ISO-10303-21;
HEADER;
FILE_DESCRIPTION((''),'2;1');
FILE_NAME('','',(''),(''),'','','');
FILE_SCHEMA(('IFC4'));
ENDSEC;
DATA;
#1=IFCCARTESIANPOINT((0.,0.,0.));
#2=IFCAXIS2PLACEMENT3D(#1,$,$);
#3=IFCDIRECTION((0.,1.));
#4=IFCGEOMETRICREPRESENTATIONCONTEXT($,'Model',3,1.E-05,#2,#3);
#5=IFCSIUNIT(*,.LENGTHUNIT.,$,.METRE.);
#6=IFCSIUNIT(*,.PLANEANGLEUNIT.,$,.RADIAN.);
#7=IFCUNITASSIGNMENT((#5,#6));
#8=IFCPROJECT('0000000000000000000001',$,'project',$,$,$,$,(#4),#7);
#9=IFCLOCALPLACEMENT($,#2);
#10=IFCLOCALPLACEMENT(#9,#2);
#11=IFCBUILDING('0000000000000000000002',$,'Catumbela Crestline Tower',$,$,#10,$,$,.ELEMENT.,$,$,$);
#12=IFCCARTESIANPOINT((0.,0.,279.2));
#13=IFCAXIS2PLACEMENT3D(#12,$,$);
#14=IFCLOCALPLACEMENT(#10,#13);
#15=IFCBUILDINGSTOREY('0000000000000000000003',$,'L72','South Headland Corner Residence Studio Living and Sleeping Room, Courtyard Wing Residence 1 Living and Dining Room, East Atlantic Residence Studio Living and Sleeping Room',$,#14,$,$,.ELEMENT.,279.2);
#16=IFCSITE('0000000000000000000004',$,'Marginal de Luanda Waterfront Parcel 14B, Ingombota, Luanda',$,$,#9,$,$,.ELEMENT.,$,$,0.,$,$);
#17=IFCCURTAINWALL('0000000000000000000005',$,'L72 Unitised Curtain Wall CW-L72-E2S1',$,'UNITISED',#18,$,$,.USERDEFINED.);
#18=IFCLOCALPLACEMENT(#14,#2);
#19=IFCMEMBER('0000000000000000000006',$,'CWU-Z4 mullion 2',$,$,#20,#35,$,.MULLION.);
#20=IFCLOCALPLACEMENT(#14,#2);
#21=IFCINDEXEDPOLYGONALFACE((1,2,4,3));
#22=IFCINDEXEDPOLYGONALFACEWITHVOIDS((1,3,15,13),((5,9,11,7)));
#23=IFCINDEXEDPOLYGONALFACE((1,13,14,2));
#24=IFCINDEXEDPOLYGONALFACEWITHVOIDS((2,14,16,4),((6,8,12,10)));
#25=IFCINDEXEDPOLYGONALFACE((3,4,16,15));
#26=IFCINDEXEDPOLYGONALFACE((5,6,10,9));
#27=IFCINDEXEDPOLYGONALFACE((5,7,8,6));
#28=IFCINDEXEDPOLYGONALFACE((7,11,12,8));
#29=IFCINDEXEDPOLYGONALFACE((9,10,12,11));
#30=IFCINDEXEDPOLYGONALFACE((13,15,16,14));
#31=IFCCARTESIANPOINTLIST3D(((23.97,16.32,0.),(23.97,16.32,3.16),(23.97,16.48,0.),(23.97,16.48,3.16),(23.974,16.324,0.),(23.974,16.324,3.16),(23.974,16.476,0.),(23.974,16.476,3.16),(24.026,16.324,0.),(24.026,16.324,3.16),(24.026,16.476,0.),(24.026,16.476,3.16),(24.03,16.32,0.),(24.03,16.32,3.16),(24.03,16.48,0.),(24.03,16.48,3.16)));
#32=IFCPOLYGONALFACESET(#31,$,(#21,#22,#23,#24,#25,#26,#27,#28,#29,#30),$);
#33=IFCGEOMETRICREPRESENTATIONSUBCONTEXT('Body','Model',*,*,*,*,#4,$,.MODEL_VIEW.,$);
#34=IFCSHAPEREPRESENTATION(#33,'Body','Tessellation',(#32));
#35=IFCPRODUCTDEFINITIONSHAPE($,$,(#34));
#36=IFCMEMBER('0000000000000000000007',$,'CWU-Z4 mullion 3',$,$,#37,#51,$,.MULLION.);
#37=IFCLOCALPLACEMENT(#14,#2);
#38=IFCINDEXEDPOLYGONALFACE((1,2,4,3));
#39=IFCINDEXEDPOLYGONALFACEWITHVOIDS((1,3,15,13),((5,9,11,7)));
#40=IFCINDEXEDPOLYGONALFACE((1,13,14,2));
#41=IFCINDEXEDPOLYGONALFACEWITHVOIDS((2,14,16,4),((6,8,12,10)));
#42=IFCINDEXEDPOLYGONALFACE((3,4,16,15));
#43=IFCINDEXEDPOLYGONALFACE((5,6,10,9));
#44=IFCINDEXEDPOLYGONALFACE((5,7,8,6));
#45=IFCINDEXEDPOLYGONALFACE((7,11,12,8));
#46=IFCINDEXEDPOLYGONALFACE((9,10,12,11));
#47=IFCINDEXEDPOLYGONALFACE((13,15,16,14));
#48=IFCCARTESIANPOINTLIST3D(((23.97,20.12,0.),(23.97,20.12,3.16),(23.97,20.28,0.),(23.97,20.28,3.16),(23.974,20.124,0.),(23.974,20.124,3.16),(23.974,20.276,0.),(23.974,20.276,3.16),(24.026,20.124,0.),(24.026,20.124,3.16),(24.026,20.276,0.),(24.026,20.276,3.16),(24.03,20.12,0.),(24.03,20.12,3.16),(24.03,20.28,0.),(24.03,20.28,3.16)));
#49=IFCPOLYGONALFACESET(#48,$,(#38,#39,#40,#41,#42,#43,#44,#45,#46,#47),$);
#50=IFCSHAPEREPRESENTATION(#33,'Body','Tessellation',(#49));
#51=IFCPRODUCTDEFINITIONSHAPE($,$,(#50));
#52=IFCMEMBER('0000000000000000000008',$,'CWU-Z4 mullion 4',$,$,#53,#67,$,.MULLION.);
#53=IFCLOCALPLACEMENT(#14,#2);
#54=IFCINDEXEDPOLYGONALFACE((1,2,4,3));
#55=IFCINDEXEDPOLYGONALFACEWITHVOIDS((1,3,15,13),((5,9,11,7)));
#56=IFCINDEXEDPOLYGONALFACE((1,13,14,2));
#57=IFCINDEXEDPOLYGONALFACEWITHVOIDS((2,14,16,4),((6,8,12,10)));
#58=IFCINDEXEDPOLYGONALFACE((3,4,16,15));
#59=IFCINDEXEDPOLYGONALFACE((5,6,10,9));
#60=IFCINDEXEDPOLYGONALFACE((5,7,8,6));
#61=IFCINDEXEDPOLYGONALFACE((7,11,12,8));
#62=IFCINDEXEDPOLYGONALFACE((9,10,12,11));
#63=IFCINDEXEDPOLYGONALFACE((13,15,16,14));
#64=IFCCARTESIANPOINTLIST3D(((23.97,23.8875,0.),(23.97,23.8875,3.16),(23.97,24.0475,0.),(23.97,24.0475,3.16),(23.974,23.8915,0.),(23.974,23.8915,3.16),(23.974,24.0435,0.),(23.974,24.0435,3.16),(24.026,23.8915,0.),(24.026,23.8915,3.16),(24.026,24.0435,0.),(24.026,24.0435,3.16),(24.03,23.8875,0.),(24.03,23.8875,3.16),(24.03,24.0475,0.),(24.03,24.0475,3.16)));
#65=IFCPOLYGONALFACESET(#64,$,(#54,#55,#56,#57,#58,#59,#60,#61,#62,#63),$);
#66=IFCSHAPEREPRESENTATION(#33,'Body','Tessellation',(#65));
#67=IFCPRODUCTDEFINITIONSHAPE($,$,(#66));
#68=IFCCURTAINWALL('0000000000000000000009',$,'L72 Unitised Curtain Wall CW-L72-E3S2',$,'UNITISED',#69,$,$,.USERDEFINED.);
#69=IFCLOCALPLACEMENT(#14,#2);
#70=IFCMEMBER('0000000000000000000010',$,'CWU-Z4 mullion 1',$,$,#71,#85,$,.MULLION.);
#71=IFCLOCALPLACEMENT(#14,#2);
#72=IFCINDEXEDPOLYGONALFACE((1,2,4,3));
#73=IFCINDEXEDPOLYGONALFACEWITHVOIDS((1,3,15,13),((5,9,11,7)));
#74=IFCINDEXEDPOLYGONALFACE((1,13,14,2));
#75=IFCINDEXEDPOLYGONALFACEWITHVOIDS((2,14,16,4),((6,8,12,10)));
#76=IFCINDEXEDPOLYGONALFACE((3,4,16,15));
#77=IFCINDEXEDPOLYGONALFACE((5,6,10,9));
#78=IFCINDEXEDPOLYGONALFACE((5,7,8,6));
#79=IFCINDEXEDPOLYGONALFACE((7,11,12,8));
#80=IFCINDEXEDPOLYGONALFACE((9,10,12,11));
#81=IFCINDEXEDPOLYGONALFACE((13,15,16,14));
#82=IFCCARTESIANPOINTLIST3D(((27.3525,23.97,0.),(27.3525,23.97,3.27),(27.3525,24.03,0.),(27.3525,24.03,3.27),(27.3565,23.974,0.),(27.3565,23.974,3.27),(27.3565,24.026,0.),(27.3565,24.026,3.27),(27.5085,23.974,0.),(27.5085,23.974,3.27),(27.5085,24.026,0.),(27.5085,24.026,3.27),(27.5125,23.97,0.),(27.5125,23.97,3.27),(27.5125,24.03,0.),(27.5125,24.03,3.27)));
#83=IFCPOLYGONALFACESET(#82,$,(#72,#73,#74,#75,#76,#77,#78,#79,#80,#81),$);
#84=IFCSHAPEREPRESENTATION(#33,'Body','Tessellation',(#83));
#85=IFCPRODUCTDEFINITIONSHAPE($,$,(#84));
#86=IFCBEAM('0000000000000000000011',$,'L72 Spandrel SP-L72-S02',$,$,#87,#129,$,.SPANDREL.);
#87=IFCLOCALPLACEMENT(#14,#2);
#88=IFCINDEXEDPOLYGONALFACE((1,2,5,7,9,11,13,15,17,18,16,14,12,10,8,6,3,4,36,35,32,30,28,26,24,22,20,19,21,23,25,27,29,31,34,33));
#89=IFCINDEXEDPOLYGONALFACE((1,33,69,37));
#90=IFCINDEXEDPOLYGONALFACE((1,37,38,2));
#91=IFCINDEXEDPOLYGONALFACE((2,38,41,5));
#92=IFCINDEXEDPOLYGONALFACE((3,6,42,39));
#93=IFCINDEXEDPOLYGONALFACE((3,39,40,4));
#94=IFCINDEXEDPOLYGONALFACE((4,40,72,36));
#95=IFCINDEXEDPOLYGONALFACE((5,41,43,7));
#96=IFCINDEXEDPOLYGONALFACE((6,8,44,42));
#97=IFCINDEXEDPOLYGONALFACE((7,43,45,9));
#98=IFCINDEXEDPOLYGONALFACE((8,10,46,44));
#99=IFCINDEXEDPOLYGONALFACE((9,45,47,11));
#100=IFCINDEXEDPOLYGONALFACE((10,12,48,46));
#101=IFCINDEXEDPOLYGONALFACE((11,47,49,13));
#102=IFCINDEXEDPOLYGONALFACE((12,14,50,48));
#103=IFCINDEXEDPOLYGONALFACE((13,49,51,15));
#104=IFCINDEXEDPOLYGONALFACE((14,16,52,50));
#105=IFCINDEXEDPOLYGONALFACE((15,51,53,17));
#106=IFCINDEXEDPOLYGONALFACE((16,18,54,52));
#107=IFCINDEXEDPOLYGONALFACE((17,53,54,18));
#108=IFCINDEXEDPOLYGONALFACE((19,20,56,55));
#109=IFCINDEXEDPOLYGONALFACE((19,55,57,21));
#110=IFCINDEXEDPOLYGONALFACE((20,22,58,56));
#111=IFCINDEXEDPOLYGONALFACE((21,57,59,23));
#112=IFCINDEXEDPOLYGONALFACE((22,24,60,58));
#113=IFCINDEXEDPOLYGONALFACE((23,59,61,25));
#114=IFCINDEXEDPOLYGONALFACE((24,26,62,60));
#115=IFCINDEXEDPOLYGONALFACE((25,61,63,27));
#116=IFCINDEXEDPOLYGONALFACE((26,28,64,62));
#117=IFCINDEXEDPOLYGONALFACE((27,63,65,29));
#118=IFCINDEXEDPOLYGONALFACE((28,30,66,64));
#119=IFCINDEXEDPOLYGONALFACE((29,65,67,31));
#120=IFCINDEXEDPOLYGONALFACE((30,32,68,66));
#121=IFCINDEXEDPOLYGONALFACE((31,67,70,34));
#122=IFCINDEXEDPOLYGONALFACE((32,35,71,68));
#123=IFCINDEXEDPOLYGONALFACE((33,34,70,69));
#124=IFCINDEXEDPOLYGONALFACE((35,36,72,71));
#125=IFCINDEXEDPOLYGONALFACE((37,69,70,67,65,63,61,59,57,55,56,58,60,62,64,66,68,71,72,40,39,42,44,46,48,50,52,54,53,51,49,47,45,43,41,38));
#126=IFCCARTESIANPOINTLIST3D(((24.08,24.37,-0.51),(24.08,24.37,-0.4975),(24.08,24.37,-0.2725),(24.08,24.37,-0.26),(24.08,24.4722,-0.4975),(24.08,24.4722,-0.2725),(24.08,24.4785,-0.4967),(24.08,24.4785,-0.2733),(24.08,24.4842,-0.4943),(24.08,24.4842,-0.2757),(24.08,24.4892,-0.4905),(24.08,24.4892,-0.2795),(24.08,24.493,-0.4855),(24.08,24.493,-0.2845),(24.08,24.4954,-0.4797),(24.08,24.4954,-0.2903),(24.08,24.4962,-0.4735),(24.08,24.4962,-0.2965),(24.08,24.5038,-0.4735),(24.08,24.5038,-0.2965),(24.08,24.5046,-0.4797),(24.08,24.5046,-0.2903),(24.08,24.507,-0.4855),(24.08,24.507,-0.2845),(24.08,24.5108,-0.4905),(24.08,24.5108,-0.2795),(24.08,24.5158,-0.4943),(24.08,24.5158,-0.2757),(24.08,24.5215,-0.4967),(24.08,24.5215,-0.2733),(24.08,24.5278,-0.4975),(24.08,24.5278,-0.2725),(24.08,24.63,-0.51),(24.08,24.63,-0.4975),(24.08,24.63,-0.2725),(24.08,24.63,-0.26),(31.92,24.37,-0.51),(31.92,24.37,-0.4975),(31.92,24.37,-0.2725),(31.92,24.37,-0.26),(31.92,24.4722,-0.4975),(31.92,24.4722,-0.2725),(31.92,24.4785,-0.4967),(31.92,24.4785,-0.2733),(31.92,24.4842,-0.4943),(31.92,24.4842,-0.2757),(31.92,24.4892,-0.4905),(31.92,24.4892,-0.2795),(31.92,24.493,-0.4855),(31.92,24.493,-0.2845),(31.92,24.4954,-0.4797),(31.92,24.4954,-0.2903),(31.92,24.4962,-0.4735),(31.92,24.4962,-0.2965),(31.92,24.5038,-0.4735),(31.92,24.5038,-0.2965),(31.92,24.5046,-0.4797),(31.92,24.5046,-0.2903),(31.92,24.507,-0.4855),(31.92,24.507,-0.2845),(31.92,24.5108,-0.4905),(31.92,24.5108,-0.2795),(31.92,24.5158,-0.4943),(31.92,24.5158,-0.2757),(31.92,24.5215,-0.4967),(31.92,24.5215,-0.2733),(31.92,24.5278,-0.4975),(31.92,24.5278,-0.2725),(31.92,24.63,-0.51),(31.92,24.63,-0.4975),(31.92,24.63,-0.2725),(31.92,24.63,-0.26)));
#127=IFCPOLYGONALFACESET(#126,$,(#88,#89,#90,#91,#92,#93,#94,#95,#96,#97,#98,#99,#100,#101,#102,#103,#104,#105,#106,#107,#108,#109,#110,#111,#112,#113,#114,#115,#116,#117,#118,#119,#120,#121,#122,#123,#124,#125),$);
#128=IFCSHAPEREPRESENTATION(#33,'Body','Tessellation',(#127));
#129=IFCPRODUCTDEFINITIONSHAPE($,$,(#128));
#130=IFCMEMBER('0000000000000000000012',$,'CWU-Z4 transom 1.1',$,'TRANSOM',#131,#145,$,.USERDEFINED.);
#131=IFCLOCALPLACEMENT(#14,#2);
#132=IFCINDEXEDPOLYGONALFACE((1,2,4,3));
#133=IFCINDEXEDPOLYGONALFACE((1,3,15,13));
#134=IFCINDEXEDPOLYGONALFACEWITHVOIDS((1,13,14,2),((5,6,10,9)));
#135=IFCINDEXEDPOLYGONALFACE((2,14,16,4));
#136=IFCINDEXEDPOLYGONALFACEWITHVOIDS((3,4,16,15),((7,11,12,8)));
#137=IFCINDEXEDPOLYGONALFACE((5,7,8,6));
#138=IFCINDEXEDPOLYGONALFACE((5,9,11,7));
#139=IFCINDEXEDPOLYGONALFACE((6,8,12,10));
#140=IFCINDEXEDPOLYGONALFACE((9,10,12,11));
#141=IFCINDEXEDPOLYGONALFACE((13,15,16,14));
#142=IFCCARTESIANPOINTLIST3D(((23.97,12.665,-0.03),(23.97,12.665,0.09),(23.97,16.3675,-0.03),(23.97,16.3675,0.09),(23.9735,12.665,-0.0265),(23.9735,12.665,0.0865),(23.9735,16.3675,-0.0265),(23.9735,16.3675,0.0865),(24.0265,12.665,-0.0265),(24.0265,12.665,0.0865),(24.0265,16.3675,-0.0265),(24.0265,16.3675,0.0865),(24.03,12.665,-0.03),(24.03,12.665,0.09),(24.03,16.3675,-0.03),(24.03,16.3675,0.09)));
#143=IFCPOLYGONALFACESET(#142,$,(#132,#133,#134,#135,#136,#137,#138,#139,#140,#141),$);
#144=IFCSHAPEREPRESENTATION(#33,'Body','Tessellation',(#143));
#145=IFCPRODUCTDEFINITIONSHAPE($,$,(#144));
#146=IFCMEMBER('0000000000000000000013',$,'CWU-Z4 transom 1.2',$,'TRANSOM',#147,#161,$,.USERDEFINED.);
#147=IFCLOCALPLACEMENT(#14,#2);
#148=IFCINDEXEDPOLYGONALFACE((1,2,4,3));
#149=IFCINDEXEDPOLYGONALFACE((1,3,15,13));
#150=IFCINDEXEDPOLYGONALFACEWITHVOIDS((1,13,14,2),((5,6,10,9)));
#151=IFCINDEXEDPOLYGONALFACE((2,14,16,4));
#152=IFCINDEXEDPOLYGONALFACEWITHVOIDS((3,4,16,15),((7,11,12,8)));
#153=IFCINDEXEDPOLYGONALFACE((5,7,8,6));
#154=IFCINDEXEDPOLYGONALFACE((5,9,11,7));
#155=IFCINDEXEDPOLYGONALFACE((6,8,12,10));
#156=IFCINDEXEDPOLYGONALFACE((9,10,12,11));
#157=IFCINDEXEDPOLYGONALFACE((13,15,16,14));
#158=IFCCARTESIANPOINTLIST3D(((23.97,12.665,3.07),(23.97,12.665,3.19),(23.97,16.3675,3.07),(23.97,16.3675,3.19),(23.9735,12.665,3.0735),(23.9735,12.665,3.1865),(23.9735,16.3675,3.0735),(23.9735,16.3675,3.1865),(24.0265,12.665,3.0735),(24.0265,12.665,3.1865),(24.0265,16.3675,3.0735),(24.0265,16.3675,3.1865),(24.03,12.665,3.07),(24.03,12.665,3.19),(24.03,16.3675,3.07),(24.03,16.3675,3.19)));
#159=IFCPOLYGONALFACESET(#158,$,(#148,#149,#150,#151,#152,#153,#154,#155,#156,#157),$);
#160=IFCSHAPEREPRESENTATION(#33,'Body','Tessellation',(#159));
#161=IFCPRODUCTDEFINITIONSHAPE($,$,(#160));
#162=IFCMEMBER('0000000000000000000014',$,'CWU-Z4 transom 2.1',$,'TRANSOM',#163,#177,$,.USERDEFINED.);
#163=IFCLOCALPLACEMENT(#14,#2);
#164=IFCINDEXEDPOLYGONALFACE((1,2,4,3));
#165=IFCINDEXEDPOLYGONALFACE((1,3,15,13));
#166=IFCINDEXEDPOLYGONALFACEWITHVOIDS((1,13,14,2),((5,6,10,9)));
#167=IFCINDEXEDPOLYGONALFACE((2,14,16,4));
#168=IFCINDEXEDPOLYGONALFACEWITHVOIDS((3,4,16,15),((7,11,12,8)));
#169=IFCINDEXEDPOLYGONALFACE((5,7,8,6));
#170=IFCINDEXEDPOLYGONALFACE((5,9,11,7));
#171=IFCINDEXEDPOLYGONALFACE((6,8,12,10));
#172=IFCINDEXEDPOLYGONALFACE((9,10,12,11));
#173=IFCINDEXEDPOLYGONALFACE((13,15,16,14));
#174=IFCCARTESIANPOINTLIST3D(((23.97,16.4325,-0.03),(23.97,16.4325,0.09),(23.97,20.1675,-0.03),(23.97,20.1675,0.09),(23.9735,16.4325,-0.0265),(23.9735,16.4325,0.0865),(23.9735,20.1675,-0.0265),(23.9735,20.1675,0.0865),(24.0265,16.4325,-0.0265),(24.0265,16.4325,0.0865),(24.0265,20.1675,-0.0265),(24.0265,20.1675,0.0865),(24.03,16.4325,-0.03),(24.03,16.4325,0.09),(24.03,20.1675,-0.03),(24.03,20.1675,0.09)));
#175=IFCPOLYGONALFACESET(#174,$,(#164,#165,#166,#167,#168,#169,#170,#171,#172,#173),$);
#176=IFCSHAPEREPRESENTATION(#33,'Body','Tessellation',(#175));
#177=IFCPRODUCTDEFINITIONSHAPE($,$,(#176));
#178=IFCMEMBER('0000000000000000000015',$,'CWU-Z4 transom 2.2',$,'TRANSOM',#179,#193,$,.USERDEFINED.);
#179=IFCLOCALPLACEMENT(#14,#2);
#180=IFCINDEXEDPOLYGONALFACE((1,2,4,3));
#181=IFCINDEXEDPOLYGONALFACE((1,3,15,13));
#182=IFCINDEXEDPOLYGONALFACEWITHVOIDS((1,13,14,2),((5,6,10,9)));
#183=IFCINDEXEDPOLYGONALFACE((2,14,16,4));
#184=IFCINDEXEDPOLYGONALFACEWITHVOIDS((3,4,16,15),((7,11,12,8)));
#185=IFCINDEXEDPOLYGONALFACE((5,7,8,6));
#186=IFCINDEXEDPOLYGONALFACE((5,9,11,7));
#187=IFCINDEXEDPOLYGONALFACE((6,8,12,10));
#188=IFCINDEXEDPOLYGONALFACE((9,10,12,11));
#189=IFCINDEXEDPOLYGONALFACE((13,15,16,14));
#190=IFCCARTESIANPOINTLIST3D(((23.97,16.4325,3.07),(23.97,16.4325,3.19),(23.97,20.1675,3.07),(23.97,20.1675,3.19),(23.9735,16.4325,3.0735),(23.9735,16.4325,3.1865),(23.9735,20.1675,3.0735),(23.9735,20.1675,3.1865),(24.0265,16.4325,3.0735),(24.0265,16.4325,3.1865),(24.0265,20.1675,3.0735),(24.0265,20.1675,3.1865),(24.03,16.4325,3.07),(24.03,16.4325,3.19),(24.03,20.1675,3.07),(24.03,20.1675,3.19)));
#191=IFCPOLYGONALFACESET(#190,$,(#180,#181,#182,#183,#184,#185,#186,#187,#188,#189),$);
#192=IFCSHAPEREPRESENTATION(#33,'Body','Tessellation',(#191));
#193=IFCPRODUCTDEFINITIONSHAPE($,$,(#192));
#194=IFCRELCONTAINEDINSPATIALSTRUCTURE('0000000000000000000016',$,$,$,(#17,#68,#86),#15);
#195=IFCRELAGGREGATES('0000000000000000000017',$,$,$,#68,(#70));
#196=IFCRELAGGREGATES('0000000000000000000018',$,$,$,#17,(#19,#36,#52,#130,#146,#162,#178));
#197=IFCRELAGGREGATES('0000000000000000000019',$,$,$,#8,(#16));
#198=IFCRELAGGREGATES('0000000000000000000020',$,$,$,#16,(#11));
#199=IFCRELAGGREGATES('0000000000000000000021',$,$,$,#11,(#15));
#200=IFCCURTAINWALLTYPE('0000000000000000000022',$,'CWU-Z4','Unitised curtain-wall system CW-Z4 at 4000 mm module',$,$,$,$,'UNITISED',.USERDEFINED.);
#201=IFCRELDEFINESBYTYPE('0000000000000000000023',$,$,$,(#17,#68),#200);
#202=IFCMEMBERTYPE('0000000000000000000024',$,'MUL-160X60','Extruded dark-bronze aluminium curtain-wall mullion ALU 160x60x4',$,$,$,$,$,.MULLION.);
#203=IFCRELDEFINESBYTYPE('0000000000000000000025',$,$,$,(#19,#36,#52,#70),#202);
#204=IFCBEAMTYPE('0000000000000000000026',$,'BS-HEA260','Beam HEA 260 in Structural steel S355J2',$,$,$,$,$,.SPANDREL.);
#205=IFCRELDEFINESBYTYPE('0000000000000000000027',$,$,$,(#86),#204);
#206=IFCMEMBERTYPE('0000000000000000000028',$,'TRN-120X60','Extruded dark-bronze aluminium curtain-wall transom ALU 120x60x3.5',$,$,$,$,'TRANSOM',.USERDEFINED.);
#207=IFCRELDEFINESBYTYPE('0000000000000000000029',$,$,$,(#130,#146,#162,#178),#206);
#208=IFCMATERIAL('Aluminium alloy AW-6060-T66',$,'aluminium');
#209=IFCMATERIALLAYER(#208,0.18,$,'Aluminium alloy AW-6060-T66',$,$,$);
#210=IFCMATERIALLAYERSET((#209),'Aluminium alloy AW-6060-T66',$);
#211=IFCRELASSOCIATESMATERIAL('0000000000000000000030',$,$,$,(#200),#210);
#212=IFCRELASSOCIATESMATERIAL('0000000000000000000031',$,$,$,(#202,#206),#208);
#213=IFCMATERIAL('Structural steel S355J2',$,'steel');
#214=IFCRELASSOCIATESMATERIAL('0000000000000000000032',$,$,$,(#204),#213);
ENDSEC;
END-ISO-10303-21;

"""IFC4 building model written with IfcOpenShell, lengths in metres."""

from ifc_helpers import new_model, si_unit, direction, frame, origin, origin_2d, place, context, subcontext, project, spatial, hollow_rectangle, i_section, extrude, material, layer, layer_set, material_profile, profile_set, type_object, element, aggregate, save


model = new_model("IFC4")

# Units and contexts
model_context = context("Model", 3, precision=1e-05, world=origin(), true_north=direction((0.0, 1.0)))
body_context = subcontext(model_context, "Body", "Model", "MODEL_VIEW")
ifc_project = project(units=[si_unit("LENGTHUNIT", "METRE"), si_unit("PLANEANGLEUNIT", "RADIAN")], contexts=[model_context])

# Site, building, storey
site_placement = place(None, origin())
site = spatial("IfcSite", under=ifc_project, at=site_placement, Name="Marginal de Luanda Waterfront Parcel 14B, Ingombota, Luanda", CompositionType="ELEMENT", RefElevation=0.0)
building_placement = place(site_placement, origin())
building = spatial("IfcBuilding", under=site, at=building_placement, Name="Catumbela Crestline Tower", CompositionType="ELEMENT")
storey_placement = place(building_placement, frame((0.0, 0.0, 279.2)))
storey = spatial("IfcBuildingStorey", under=building, at=storey_placement, Name="L72", Description="South Headland Corner Residence Studio Living and Sleeping Room, Courtyard Wing Residence 1 Living and Dining Room, East Atlantic Residence Studio Living and Sleeping Room", CompositionType="ELEMENT", Elevation=279.2)

# Shared definitions
ifc_material_1 = material(Name="Structural steel S355J2", Category="steel")

# Curtain wall, members
ifc_material_2 = material(Name="Aluminium alloy AW-6060-T66", Category="aluminium")
ifc_layer_1 = layer(ifc_material_2, 0.18, Name="Aluminium alloy AW-6060-T66")
ifc_layer_set_1 = layer_set([ifc_layer_1], Name="Aluminium alloy AW-6060-T66")
curtain_wall_type = type_object("IfcCurtainWallType", Name="CWU-Z4", Description="Unitised curtain-wall system CW-Z4 at 4000 mm module", ElementType="UNITISED", PredefinedType="USERDEFINED", material=ifc_layer_set_1)
curtain_wall_1_placement = place(storey_placement, origin())
curtain_wall_1 = element("IfcCurtainWall", 1, at=curtain_wall_1_placement, inside=storey, type_object=curtain_wall_type, Name="L72 Unitised Curtain Wall CW-L72-E2S1", ObjectType="UNITISED", PredefinedType="USERDEFINED")
ifc_material_profile_1 = material_profile(ifc_material_2, hollow_rectangle(XDim=0.06, YDim=0.16, WallThickness=0.004, at=origin_2d()), Name="ALU 160x60x4")
ifc_profile_set_1 = profile_set([ifc_material_profile_1], Name="Aluminium alloy AW-6060-T66")
member_type_1 = type_object("IfcMemberType", Name="MUL-160X60", Description="Extruded dark-bronze aluminium curtain-wall mullion ALU 160x60x4", PredefinedType="MULLION", material=ifc_profile_set_1)
member_1_placement = place(storey_placement, frame((24.0, 16.4, 0.0), z_axis=(0.0, 0.0, 1.0), x_axis=(-1.0, 0.0, 0.0)))
member_1 = element("IfcMember", 2, at=member_1_placement, type_object=member_type_1, Name="CWU-Z4 mullion 2", PredefinedType="MULLION", context=body_context, shape_type="SweptSolid", body=[
    extrude(hollow_rectangle(XDim=0.06, YDim=0.16, WallThickness=0.004, at=origin_2d()), origin(), (0.0, 0.0, 1.0), 3.16),
])
member_2_placement = place(storey_placement, frame((24.0, 20.2, 0.0), z_axis=(0.0, 0.0, 1.0), x_axis=(-1.0, 0.0, 0.0)))
member_2 = element("IfcMember", 3, at=member_2_placement, type_object=member_type_1, Name="CWU-Z4 mullion 3", PredefinedType="MULLION", context=body_context, shape_type="SweptSolid", body=[
    extrude(hollow_rectangle(XDim=0.06, YDim=0.16, WallThickness=0.004, at=origin_2d()), origin(), (0.0, 0.0, 1.0), 3.16),
])
member_3_placement = place(storey_placement, frame((24.0, 23.9675, 0.0), z_axis=(0.0, 0.0, 1.0), x_axis=(-1.0, 0.0, 0.0)))
member_3 = element("IfcMember", 4, at=member_3_placement, type_object=member_type_1, Name="CWU-Z4 mullion 4", PredefinedType="MULLION", context=body_context, shape_type="SweptSolid", body=[
    extrude(hollow_rectangle(XDim=0.06, YDim=0.16, WallThickness=0.004, at=origin_2d()), origin(), (0.0, 0.0, 1.0), 3.16),
])

# Curtain wall, member
curtain_wall_2_placement = place(storey_placement, origin())
curtain_wall_2 = element("IfcCurtainWall", 5, at=curtain_wall_2_placement, inside=storey, type_object=curtain_wall_type, Name="L72 Unitised Curtain Wall CW-L72-E3S2", ObjectType="UNITISED", PredefinedType="USERDEFINED")
member_4_placement = place(storey_placement, frame((27.4325, 24.0, 0.0), z_axis=(0.0, 0.0, 1.0), x_axis=(0.0, 1.0, 0.0)))
member_4 = element("IfcMember", 6, at=member_4_placement, type_object=member_type_1, Name="CWU-Z4 mullion 1", PredefinedType="MULLION", context=body_context, shape_type="SweptSolid", body=[
    extrude(hollow_rectangle(XDim=0.06, YDim=0.16, WallThickness=0.004, at=origin_2d()), origin(), (0.0, 0.0, 1.0), 3.27),
])

# Beam
ifc_material_profile_2 = material_profile(ifc_material_1, i_section(OverallWidth=0.26, OverallDepth=0.25, WebThickness=0.0075, FlangeThickness=0.0125, FilletRadius=0.024, at=origin_2d()), Name="HEA 260")
ifc_profile_set_2 = profile_set([ifc_material_profile_2], Name="Structural steel S355J2")
beam_type_1 = type_object("IfcBeamType", Name="BS-HEA260", Description="Beam HEA 260 in Structural steel S355J2", PredefinedType="SPANDREL", material=ifc_profile_set_2)
beam_1_placement = place(storey_placement, frame((24.08, 24.5, -0.385), z_axis=(1.0, 0.0, 0.0), x_axis=(0.0, 1.0, 0.0)))
element("IfcBeam", 7, at=beam_1_placement, inside=storey, type_object=beam_type_1, Name="L72 Spandrel SP-L72-S02", PredefinedType="SPANDREL", context=body_context, shape_type="SweptSolid", body=[
    extrude(i_section(OverallWidth=0.26, OverallDepth=0.25, WebThickness=0.0075, FlangeThickness=0.0125, FilletRadius=0.024, at=origin_2d()), origin(), (0.0, 0.0, 1.0), 7.84),
])

# Members
ifc_material_profile_3 = material_profile(ifc_material_2, hollow_rectangle(XDim=0.06, YDim=0.12, WallThickness=0.0035, at=origin_2d()), Name="ALU 120x60x3.5")
ifc_profile_set_3 = profile_set([ifc_material_profile_3], Name="Aluminium alloy AW-6060-T66")
member_type_2 = type_object("IfcMemberType", Name="TRN-120X60", Description="Extruded dark-bronze aluminium curtain-wall transom ALU 120x60x3.5", ElementType="TRANSOM", PredefinedType="USERDEFINED", material=ifc_profile_set_3)
member_5_placement = place(storey_placement, frame((24.0, 12.665, 0.03), z_axis=(0.0, 1.0, 0.0), x_axis=(-1.0, 0.0, 0.0)))
member_5 = element("IfcMember", 8, at=member_5_placement, type_object=member_type_2, Name="CWU-Z4 transom 1.1", ObjectType="TRANSOM", PredefinedType="USERDEFINED", context=body_context, shape_type="SweptSolid", body=[
    extrude(hollow_rectangle(XDim=0.06, YDim=0.12, WallThickness=0.0035, at=origin_2d()), origin(), (0.0, 0.0, 1.0), 3.7025),
])
member_6_placement = place(storey_placement, frame((24.0, 12.665, 3.13), z_axis=(0.0, 1.0, 0.0), x_axis=(-1.0, 0.0, 0.0)))
member_6 = element("IfcMember", 9, at=member_6_placement, type_object=member_type_2, Name="CWU-Z4 transom 1.2", ObjectType="TRANSOM", PredefinedType="USERDEFINED", context=body_context, shape_type="SweptSolid", body=[
    extrude(hollow_rectangle(XDim=0.06, YDim=0.12, WallThickness=0.0035, at=origin_2d()), origin(), (0.0, 0.0, 1.0), 3.7025),
])
member_7_placement = place(storey_placement, frame((24.0, 16.4325, 0.03), z_axis=(0.0, 1.0, 0.0), x_axis=(-1.0, 0.0, 0.0)))
member_7 = element("IfcMember", 10, at=member_7_placement, type_object=member_type_2, Name="CWU-Z4 transom 2.1", ObjectType="TRANSOM", PredefinedType="USERDEFINED", context=body_context, shape_type="SweptSolid", body=[
    extrude(hollow_rectangle(XDim=0.06, YDim=0.12, WallThickness=0.0035, at=origin_2d()), origin(), (0.0, 0.0, 1.0), 3.735),
])
member_8_placement = place(storey_placement, frame((24.0, 16.4325, 3.13), z_axis=(0.0, 1.0, 0.0), x_axis=(-1.0, 0.0, 0.0)))
member_8 = element("IfcMember", 11, at=member_8_placement, type_object=member_type_2, Name="CWU-Z4 transom 2.2", ObjectType="TRANSOM", PredefinedType="USERDEFINED", context=body_context, shape_type="SweptSolid", body=[
    extrude(hollow_rectangle(XDim=0.06, YDim=0.12, WallThickness=0.0035, at=origin_2d()), origin(), (0.0, 0.0, 1.0), 3.735),
])
aggregate(curtain_wall_2, [member_4])

aggregate(curtain_wall_1, [member_1, member_2, member_3, member_5, member_6, member_7, member_8])

save(model, "model.ifc")
